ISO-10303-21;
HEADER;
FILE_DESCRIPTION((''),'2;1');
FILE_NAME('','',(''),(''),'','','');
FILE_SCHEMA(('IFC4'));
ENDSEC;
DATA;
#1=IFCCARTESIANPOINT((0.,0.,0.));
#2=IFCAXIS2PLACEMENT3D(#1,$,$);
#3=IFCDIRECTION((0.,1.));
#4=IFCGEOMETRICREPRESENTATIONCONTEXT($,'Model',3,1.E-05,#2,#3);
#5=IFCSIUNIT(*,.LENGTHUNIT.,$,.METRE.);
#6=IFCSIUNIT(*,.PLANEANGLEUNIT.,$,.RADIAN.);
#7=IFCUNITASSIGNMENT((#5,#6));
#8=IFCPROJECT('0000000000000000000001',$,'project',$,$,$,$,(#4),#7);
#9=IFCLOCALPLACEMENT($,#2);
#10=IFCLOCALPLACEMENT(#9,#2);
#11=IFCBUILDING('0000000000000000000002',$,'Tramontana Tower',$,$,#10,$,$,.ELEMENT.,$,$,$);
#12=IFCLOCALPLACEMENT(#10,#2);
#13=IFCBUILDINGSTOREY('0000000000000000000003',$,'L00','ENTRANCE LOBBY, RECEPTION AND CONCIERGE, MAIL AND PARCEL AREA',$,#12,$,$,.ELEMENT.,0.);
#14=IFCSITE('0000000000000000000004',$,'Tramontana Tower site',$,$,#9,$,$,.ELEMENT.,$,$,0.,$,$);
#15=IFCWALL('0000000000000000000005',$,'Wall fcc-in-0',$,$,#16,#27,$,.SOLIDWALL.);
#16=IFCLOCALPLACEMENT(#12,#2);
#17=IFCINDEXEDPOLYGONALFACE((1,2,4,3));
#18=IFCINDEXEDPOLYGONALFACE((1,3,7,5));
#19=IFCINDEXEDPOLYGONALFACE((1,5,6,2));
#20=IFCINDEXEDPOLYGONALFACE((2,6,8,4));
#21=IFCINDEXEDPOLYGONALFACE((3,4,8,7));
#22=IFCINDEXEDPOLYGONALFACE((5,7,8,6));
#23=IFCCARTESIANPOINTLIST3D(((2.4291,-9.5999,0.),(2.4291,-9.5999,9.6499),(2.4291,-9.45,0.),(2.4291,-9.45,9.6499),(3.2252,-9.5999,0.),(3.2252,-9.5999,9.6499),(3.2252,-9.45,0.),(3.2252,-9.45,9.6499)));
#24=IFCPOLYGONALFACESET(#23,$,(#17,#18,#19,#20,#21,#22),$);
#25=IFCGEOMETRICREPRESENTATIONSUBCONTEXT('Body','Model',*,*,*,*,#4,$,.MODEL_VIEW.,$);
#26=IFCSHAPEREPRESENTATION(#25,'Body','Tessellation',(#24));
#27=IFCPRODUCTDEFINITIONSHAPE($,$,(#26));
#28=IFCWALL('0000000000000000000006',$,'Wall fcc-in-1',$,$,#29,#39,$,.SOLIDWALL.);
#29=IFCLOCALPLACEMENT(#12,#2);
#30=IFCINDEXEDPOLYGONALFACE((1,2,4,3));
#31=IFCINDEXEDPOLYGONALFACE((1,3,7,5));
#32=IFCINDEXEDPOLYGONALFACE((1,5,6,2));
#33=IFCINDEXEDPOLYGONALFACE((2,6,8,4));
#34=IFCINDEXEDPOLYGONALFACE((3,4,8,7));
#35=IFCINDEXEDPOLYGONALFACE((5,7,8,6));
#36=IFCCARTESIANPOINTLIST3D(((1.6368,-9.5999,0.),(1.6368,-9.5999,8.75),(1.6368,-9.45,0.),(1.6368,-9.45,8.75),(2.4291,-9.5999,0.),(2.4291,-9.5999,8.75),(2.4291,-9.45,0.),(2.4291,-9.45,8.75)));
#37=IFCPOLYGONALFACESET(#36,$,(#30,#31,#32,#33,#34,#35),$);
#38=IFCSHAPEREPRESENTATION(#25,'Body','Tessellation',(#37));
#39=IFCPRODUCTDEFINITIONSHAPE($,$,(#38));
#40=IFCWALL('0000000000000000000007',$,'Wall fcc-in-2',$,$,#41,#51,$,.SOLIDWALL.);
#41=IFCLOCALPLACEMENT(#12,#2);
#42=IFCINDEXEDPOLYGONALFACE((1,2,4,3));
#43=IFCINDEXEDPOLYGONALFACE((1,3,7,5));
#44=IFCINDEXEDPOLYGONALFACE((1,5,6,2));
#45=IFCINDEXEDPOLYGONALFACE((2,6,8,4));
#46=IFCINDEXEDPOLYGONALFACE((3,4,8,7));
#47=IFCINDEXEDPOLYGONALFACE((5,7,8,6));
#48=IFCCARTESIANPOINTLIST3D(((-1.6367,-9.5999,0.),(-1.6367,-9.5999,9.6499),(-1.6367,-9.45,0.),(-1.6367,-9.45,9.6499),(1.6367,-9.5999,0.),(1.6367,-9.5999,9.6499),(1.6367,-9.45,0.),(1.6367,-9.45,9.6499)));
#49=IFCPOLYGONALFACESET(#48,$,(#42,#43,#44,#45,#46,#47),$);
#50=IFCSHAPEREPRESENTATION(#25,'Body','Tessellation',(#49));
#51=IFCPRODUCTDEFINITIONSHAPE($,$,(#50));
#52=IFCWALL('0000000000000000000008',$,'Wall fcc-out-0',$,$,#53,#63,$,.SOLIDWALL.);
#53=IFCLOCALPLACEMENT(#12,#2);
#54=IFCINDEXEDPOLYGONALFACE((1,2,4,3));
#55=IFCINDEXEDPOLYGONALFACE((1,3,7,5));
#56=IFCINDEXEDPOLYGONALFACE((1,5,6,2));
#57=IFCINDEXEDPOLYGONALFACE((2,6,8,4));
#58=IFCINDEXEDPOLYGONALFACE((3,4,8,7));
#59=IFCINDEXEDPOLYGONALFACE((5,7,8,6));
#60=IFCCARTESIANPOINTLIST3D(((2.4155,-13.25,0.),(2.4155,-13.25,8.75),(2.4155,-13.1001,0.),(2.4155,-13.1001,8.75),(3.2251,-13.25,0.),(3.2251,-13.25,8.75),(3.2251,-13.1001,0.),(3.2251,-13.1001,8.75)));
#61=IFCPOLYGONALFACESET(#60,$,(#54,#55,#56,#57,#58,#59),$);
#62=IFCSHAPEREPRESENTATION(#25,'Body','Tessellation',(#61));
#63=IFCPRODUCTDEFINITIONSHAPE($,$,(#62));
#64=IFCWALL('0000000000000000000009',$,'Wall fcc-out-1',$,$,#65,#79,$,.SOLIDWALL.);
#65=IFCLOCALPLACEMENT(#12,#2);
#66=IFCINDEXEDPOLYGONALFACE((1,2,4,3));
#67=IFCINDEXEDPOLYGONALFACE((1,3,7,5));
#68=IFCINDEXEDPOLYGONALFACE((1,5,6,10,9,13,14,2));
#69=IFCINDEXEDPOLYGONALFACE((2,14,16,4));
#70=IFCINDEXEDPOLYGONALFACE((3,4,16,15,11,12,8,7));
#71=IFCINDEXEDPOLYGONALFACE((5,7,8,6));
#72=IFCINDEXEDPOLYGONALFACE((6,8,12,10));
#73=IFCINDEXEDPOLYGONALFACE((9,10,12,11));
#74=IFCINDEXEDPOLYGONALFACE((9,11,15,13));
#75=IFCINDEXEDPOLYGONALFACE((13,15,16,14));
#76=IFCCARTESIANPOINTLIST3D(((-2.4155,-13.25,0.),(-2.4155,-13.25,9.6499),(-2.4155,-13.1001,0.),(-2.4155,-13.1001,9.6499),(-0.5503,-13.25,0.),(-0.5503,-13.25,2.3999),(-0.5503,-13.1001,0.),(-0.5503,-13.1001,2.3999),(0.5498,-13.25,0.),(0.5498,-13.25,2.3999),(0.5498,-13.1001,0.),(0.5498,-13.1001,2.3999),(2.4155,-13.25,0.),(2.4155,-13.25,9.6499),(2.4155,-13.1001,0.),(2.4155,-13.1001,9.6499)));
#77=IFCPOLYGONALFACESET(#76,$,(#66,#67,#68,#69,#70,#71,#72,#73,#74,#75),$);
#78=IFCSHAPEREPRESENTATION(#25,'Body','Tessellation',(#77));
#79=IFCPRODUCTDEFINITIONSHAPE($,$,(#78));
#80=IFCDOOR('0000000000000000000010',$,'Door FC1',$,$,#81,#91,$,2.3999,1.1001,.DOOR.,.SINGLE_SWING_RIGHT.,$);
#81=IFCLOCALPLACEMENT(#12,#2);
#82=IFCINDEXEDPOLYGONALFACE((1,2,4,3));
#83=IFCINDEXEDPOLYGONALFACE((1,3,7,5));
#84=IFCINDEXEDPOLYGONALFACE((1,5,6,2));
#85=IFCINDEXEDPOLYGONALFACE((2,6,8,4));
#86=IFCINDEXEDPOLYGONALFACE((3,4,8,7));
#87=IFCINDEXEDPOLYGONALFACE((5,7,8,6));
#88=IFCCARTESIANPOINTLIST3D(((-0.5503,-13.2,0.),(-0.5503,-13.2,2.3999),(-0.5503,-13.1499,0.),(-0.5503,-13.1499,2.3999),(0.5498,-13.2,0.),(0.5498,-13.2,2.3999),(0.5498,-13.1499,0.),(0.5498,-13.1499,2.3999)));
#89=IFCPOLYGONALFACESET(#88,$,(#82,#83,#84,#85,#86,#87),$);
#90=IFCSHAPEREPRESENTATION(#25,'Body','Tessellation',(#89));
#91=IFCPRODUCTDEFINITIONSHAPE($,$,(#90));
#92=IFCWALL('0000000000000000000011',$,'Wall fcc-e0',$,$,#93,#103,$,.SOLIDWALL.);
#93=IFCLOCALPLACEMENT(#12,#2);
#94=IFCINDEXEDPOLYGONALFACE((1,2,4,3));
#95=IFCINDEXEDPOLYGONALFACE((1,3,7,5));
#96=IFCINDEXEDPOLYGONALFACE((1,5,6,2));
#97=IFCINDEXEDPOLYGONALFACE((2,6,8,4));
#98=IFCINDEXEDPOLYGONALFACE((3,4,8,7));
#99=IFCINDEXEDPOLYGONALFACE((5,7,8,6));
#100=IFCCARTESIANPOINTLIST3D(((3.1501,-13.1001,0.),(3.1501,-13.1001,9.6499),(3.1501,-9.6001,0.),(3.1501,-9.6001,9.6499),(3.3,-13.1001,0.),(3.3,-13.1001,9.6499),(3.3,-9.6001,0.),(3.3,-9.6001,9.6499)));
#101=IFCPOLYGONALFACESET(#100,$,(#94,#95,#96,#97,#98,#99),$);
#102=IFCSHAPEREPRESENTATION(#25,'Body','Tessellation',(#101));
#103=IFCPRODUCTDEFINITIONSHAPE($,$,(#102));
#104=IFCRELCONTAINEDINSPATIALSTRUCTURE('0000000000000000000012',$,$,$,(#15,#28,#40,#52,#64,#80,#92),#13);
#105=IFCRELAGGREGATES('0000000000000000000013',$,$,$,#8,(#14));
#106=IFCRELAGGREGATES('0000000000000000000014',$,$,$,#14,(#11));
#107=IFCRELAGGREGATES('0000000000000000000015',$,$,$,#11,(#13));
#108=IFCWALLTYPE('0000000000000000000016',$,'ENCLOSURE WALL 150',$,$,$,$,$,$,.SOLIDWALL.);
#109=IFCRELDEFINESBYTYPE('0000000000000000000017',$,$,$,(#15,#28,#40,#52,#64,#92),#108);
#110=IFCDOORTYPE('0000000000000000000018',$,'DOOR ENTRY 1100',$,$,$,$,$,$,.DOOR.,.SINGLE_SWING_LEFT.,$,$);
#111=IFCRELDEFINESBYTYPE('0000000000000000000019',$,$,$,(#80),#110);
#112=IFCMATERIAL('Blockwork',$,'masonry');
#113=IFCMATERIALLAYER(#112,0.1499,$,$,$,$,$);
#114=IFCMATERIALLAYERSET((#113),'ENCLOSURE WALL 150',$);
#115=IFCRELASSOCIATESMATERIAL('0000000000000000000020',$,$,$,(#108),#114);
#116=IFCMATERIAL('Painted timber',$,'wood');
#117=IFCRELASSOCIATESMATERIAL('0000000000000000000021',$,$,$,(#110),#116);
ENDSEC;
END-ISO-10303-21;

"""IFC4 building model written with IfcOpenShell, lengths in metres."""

from ifc_helpers import new_model, si_unit, direction, frame, frame_2d, origin, place, context, subcontext, project, spatial, rectangle, extrude, material, layer, layer_set, type_object, element, fill, save


model = new_model("IFC4")

# Units and contexts
model_context = context("Model", 3, precision=1e-05, world=origin(), true_north=direction((0.0, 1.0)))
body_context = subcontext(model_context, "Body", "Model", "MODEL_VIEW")
ifc_project = project(units=[si_unit("LENGTHUNIT", "METRE"), si_unit("PLANEANGLEUNIT", "RADIAN")], contexts=[model_context])

# Site, building, storey
site_placement = place(None, origin())
site = spatial("IfcSite", under=ifc_project, at=site_placement, Name="Tramontana Tower site", CompositionType="ELEMENT", RefElevation=0.0)
building_placement = place(site_placement, origin())
building = spatial("IfcBuilding", under=site, at=building_placement, Name="Tramontana Tower", CompositionType="ELEMENT")
storey_placement = place(building_placement, origin())
storey = spatial("IfcBuildingStorey", under=building, at=storey_placement, Name="L00", Description="ENTRANCE LOBBY, RECEPTION AND CONCIERGE, MAIL AND PARCEL AREA", CompositionType="ELEMENT", Elevation=0.0)

# Walls
ifc_material_1 = material(Name="Blockwork", Category="masonry")
ifc_layer_1 = layer(ifc_material_1, 0.1499)
ifc_layer_set_1 = layer_set([ifc_layer_1], Name="ENCLOSURE WALL 150")
wall_type = type_object("IfcWallType", Name="ENCLOSURE WALL 150", PredefinedType="SOLIDWALL", material=ifc_layer_set_1)
wall_1_placement = place(storey_placement, frame((3.2251, -9.5249, 0.0), z_axis=(0.0, 0.0, 1.0), x_axis=(-1.0, 0.0, 0.0)))
element("IfcWall", 1, at=wall_1_placement, inside=storey, type_object=wall_type, Name="Wall fcc-in-0", PredefinedType="SOLIDWALL", context=body_context, shape_type="SweptSolid", body=[
    extrude(rectangle(XDim=0.7961, YDim=0.1499, at=frame_2d((0.3979, 0.0))), origin(), (0.0, 0.0, 1.0), 9.6499),
])
wall_2_placement = place(storey_placement, frame((2.429, -9.5249, 0.0), z_axis=(0.0, 0.0, 1.0), x_axis=(-1.0, 0.0, 0.0)))
element("IfcWall", 2, at=wall_2_placement, inside=storey, type_object=wall_type, Name="Wall fcc-in-1", PredefinedType="SOLIDWALL", context=body_context, shape_type="SweptSolid", body=[
    extrude(rectangle(XDim=0.7922, YDim=0.1499, at=frame_2d((0.396, 0.0))), origin(), (0.0, 0.0, 1.0), 8.75),
])
wall_3_placement = place(storey_placement, frame((1.6367, -9.5249, 0.0), z_axis=(0.0, 0.0, 1.0), x_axis=(-1.0, 0.0, 0.0)))
element("IfcWall", 3, at=wall_3_placement, inside=storey, type_object=wall_type, Name="Wall fcc-in-2", PredefinedType="SOLIDWALL", context=body_context, shape_type="SweptSolid", body=[
    extrude(rectangle(XDim=3.2734, YDim=0.1499, at=frame_2d((1.6367, 0.0))), origin(), (0.0, 0.0, 1.0), 9.6499),
])
wall_4_placement = place(storey_placement, frame((3.2251, -13.175, 0.0), z_axis=(0.0, 0.0, 1.0), x_axis=(-1.0, 0.0, 0.0)))
element("IfcWall", 4, at=wall_4_placement, inside=storey, type_object=wall_type, Name="Wall fcc-out-0", PredefinedType="SOLIDWALL", context=body_context, shape_type="SweptSolid", body=[
    extrude(rectangle(XDim=0.8096, YDim=0.1499, at=frame_2d((0.4048, 0.0))), origin(), (0.0, 0.0, 1.0), 8.75),
])

# Wall, opening, door
wall_5_placement = place(storey_placement, frame((2.4155, -13.175, 0.0), z_axis=(0.0, 0.0, 1.0), x_axis=(-1.0, 0.0, 0.0)))
wall_5 = element("IfcWall", 5, at=wall_5_placement, inside=storey, type_object=wall_type, Name="Wall fcc-out-1", PredefinedType="SOLIDWALL", context=body_context, shape_type="SweptSolid", body=[
    extrude(rectangle(XDim=4.8311, YDim=0.1499, at=frame_2d((2.4155, 0.0))), origin(), (0.0, 0.0, 1.0), 9.6499),
])
opening_placement = place(wall_5_placement, frame((1.8657, 0.0, 0.0)))
opening = element("IfcOpeningElement", 6, at=opening_placement, cuts=wall_5, PredefinedType="OPENING", context=body_context, shape_type="SweptSolid", body=[
    extrude(rectangle(XDim=1.1001, YDim=2.3999, at=frame_2d((0.55, 1.2))), frame((0.0, 0.085, 0.0), z_axis=(0.0, -1.0, 0.0), x_axis=(1.0, 0.0, 0.0)), (0.0, 0.0, 1.0), 0.1699),
])
ifc_material_2 = material(Name="Painted timber", Category="wood")
door_type = type_object("IfcDoorType", Name="DOOR ENTRY 1100", OperationType="SINGLE_SWING_LEFT", PredefinedType="DOOR", material=ifc_material_2)
door_placement = place(opening_placement, origin())
door = element("IfcDoor", 7, at=door_placement, inside=storey, type_object=door_type, Name="Door FC1", OperationType="SINGLE_SWING_RIGHT", OverallHeight=2.3999, OverallWidth=1.1001, PredefinedType="DOOR", context=body_context, shape_type="SweptSolid", body=[
    extrude(rectangle(XDim=1.1001, YDim=2.3999, at=frame_2d((0.55, 1.2))), frame((0.0, 0.0249, 0.0), z_axis=(0.0, -1.0, 0.0), x_axis=(1.0, 0.0, 0.0)), (0.0, 0.0, 1.0), 0.05),
])
fill(opening, door)

# Wall
wall_6_placement = place(storey_placement, frame((3.2251, -9.6001, 0.0), z_axis=(0.0, 0.0, 1.0), x_axis=(0.0, -1.0, 0.0)))
element("IfcWall", 8, at=wall_6_placement, inside=storey, type_object=wall_type, Name="Wall fcc-e0", PredefinedType="SOLIDWALL", context=body_context, shape_type="SweptSolid", body=[
    extrude(rectangle(XDim=3.5, YDim=0.1499, at=frame_2d((1.75, 0.0))), origin(), (0.0, 0.0, 1.0), 9.6499),
])

save(model, "model.ifc")
